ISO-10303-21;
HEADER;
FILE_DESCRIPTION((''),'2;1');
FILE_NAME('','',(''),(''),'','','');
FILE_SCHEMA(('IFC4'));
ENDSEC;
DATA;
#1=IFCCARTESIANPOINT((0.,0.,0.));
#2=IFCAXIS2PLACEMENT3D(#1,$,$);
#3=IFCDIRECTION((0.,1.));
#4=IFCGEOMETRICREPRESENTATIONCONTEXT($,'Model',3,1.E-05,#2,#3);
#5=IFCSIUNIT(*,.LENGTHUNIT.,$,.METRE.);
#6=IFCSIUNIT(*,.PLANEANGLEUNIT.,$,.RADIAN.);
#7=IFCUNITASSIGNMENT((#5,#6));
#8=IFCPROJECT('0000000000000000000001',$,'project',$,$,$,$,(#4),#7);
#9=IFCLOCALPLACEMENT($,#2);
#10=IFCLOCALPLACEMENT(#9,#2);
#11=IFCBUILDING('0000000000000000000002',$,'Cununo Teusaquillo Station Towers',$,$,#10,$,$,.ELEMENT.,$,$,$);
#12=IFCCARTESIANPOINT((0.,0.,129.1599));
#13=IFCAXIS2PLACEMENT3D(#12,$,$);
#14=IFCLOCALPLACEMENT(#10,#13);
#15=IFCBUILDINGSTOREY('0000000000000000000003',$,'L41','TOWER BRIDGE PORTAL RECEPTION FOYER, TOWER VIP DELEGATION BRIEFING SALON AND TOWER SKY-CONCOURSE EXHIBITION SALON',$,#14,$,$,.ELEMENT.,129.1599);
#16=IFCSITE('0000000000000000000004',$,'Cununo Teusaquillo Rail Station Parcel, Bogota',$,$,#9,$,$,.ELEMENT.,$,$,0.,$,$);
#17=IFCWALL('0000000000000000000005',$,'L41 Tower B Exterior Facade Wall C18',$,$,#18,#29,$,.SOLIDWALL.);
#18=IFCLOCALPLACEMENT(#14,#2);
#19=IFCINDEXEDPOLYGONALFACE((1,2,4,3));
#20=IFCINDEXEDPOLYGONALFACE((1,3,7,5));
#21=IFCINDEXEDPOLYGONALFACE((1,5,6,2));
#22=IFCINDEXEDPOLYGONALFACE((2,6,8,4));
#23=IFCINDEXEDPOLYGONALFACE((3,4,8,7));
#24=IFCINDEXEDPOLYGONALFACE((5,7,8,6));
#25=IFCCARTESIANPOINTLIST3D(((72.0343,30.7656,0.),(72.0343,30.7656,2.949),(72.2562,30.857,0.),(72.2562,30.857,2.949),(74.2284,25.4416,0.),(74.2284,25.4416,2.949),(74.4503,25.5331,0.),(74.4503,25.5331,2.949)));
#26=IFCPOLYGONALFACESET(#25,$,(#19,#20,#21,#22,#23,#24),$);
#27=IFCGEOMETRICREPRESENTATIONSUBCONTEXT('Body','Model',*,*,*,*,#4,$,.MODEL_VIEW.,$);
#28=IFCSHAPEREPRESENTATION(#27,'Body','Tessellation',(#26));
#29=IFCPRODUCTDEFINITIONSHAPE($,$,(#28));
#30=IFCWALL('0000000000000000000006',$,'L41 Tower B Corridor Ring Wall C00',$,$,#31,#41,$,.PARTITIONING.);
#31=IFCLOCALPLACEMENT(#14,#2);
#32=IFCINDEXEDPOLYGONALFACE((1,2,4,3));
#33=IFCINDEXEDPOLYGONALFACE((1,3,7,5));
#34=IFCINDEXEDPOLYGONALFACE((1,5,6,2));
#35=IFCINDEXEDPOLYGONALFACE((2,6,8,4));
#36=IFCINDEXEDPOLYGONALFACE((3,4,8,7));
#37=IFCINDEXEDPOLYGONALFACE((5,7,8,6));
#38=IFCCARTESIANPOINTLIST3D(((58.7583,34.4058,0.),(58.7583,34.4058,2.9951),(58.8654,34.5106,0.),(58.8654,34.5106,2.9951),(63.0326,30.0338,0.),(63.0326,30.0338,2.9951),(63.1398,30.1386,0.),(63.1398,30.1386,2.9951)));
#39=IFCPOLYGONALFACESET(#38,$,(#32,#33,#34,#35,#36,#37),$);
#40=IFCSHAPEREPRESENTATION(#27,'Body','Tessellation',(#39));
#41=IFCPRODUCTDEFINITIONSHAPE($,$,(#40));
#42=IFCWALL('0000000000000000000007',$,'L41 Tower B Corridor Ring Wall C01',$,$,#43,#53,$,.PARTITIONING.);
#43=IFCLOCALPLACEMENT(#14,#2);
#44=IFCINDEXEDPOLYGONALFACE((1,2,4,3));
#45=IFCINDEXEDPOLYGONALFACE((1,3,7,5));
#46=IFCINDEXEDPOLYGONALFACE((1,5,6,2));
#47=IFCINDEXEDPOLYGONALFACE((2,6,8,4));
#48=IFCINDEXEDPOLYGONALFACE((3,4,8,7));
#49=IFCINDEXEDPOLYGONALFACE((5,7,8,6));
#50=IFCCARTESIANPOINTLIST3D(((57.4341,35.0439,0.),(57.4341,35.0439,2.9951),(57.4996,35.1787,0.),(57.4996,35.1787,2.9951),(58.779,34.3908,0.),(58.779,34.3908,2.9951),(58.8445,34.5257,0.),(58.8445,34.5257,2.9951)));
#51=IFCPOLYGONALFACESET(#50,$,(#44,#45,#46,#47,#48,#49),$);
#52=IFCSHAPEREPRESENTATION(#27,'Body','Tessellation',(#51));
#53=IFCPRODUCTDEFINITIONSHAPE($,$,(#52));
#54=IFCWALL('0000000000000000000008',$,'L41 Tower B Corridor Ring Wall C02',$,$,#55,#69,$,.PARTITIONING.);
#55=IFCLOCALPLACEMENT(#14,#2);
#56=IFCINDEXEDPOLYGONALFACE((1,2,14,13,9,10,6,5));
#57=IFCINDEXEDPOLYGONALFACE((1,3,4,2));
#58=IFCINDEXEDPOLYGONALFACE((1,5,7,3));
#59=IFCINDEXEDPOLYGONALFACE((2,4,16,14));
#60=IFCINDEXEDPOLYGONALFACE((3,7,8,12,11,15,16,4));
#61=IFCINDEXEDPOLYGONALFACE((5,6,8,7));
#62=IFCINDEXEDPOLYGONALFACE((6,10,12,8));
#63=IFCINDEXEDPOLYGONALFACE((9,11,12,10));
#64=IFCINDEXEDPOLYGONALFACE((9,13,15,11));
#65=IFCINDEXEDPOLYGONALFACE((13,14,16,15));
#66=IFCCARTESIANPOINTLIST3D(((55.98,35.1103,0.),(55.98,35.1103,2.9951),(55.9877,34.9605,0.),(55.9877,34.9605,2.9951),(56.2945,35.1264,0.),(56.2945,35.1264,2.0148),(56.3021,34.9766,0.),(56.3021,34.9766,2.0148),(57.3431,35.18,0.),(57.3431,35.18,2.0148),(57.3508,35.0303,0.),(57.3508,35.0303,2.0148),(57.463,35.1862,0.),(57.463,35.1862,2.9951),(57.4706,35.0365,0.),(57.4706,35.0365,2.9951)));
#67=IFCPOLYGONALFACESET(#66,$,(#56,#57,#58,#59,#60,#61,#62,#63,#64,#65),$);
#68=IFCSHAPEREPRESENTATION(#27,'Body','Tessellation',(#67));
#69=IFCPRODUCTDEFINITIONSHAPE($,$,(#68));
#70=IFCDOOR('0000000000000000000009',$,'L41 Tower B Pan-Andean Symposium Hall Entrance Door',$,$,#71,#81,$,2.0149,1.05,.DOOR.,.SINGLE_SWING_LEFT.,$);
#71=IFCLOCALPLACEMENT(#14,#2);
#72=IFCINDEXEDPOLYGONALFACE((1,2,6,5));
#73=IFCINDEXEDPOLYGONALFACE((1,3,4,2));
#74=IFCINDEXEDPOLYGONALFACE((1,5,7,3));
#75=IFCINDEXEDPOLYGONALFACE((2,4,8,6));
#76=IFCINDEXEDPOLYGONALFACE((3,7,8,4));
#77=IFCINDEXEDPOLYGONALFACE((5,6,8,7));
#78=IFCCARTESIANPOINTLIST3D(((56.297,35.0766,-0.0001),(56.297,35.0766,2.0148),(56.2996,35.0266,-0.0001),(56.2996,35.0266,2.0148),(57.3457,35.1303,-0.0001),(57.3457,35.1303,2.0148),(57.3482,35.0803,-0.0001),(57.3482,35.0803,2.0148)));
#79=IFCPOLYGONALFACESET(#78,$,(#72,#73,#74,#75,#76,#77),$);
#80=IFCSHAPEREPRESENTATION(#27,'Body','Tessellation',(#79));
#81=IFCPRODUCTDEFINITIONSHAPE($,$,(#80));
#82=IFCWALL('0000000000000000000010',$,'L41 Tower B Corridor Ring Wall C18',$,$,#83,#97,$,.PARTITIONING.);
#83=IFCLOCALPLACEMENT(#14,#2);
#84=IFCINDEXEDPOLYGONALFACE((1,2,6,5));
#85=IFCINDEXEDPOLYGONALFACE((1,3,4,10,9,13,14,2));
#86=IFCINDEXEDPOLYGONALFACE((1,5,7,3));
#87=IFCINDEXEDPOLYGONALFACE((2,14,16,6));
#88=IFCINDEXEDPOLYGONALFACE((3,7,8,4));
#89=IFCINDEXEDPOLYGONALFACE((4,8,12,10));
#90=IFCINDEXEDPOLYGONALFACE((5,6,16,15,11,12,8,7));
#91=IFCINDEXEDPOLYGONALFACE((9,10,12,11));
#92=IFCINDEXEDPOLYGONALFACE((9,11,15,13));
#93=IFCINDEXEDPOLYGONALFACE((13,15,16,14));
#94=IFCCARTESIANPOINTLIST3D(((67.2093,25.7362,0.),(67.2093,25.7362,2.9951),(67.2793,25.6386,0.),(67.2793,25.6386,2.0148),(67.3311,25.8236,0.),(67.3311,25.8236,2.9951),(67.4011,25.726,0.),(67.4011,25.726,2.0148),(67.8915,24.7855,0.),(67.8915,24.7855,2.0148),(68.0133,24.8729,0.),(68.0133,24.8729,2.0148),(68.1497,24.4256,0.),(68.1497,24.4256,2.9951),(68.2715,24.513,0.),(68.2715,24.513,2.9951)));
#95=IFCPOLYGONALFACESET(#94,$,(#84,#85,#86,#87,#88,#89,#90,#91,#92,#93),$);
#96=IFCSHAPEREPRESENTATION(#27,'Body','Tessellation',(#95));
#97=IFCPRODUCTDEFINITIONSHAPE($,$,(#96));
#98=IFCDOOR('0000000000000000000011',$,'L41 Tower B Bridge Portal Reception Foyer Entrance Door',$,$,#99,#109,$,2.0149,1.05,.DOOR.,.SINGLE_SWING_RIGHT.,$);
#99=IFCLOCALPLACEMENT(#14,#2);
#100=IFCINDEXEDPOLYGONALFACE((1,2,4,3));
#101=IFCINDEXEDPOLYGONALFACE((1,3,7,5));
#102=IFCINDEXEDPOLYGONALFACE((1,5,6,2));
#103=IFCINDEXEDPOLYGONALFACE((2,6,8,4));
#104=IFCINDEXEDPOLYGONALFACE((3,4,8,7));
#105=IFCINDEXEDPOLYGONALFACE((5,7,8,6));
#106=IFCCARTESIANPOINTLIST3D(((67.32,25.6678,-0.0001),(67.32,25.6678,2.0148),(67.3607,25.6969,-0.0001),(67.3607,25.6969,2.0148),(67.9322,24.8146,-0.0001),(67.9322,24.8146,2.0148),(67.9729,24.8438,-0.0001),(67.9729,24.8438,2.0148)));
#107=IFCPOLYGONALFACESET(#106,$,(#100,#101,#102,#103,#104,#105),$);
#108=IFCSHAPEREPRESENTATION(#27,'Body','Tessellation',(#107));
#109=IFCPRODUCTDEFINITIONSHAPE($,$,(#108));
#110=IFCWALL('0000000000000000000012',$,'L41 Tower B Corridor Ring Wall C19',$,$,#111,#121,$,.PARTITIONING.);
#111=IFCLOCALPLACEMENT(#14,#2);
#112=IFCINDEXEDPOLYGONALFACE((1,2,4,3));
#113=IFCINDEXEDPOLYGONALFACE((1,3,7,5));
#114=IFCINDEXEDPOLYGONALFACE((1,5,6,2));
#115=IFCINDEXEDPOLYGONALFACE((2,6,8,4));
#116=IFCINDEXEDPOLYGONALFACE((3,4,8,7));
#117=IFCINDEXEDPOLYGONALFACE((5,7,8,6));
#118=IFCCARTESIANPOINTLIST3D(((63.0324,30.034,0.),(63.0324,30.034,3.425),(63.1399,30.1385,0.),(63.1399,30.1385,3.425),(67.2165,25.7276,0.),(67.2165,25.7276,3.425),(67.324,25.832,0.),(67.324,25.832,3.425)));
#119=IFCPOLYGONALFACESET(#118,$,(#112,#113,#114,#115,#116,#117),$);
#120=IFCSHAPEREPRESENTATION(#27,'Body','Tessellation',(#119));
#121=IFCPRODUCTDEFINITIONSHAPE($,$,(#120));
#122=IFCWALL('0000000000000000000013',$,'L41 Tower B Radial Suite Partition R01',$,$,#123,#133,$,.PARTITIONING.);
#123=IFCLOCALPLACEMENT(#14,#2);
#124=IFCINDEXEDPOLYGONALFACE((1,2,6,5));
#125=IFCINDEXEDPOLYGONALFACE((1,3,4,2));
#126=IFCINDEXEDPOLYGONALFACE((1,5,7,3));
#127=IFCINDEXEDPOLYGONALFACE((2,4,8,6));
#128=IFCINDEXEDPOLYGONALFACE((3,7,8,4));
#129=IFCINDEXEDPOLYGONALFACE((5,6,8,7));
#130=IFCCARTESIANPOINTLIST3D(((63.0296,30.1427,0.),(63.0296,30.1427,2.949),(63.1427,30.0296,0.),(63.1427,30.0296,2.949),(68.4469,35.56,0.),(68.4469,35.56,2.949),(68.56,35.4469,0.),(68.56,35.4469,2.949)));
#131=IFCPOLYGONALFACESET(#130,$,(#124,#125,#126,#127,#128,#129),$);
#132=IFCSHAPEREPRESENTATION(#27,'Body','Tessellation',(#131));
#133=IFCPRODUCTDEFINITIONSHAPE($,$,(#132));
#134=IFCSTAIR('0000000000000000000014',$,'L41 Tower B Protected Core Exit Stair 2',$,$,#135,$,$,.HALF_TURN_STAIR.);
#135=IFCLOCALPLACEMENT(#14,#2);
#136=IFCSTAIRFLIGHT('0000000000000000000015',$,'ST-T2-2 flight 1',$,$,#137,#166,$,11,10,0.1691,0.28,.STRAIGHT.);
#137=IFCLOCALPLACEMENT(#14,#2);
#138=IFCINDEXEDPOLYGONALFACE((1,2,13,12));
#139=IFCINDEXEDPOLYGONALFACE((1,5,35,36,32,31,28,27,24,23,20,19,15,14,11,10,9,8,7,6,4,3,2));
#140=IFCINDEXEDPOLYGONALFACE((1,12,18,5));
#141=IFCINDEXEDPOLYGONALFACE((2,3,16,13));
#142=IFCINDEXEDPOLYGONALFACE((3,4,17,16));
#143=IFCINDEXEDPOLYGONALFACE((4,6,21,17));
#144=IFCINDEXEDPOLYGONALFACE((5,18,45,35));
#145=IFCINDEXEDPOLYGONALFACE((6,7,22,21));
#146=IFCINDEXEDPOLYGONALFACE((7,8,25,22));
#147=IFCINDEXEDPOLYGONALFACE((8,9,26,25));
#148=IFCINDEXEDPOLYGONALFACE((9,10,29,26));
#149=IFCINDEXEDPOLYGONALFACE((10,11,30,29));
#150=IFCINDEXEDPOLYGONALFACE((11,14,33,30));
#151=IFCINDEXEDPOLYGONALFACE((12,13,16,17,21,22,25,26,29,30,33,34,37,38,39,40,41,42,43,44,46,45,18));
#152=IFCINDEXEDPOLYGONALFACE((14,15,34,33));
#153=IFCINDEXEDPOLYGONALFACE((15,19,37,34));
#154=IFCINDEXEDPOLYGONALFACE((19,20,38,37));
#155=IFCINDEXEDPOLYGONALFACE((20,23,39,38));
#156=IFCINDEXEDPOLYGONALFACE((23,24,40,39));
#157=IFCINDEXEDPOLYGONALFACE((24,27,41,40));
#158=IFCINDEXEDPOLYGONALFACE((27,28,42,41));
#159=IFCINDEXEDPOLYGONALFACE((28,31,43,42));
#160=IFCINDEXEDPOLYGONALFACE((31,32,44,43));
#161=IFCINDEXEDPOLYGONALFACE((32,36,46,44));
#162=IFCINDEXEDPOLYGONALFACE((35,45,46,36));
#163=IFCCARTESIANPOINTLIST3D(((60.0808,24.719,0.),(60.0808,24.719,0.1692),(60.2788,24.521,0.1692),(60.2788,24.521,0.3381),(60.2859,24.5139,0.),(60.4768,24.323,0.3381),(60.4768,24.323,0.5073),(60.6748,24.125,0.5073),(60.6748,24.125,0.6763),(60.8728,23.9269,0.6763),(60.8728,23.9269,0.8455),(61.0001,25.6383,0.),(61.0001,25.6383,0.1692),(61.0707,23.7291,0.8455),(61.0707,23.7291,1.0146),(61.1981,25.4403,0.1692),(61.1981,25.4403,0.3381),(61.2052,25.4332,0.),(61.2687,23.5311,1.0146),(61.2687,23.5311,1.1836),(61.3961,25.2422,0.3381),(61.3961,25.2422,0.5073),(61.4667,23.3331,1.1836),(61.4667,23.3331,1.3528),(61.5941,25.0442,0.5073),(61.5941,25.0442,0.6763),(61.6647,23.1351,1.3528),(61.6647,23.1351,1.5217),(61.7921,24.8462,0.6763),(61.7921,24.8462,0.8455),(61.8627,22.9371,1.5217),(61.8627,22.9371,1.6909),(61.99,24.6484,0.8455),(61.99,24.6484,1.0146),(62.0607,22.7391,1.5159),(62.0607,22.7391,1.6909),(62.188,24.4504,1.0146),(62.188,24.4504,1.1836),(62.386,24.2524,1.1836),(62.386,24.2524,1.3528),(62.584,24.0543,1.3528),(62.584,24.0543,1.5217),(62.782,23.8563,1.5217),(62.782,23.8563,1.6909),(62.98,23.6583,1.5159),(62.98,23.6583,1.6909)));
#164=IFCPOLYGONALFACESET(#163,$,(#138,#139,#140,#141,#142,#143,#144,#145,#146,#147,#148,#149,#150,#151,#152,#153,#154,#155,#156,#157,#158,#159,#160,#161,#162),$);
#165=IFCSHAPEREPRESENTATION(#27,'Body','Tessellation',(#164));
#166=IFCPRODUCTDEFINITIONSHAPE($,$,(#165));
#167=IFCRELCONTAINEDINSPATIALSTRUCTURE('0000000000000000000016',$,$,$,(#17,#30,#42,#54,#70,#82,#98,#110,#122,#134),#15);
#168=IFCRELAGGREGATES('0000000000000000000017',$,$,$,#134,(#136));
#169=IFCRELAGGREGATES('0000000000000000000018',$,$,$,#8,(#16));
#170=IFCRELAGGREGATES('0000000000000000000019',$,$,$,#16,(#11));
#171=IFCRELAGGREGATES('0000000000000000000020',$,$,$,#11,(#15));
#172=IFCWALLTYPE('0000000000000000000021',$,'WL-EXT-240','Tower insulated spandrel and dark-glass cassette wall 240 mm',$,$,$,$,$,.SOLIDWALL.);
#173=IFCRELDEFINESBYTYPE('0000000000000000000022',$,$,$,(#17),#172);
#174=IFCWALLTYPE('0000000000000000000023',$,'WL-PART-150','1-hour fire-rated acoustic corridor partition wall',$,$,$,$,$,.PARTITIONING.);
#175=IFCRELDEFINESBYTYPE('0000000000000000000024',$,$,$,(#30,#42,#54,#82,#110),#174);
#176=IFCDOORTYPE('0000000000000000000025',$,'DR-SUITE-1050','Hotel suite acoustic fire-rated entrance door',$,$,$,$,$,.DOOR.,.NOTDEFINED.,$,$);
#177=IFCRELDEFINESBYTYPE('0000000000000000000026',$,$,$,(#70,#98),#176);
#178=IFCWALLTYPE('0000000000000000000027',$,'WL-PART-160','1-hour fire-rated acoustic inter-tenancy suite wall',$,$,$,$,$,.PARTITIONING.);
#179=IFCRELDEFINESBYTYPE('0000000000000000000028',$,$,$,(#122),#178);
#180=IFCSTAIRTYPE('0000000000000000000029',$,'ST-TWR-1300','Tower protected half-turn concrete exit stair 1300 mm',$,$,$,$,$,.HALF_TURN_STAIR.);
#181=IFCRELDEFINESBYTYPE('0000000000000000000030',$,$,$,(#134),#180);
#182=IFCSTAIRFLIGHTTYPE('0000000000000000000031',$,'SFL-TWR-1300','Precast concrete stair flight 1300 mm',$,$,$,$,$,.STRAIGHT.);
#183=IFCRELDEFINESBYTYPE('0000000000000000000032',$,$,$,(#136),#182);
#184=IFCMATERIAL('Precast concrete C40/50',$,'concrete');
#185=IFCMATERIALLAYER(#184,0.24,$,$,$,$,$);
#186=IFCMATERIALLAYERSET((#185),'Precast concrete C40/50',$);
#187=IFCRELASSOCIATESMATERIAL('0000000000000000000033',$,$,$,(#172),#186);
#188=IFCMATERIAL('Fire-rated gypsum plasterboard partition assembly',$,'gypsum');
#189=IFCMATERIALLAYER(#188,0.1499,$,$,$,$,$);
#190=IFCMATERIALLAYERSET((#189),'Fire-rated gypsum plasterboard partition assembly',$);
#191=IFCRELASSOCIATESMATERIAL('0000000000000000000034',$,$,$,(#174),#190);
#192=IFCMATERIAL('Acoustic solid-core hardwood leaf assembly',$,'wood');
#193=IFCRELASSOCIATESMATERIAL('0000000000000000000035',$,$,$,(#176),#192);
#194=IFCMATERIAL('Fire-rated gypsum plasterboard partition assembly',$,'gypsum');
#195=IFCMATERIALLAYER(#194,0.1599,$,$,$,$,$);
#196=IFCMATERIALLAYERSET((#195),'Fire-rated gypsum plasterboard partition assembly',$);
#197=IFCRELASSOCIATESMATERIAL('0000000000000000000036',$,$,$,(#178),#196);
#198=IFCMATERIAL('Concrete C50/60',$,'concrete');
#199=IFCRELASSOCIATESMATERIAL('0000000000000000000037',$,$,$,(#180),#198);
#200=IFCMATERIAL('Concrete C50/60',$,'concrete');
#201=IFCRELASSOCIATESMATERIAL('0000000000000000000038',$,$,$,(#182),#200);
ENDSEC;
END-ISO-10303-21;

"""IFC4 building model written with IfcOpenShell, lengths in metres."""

from ifc_helpers import new_model, si_unit, direction, frame, frame_2d, origin, place, context, subcontext, project, spatial, polyline, rectangle, outline, extrude, source, transform, mapped, material, layer, layer_set, type_object, element, fill, aggregate, save


model = new_model("IFC4")

# Units and contexts
model_context = context("Model", 3, precision=1e-05, world=origin(), true_north=direction((0.0, 1.0)))
body_context = subcontext(model_context, "Body", "Model", "MODEL_VIEW")
ifc_project = project(units=[si_unit("LENGTHUNIT", "METRE"), si_unit("PLANEANGLEUNIT", "RADIAN")], contexts=[model_context])

# Site, building, storey
site_placement = place(None, origin())
site = spatial("IfcSite", under=ifc_project, at=site_placement, Name="Cununo Teusaquillo Rail Station Parcel, Bogota", CompositionType="ELEMENT", RefElevation=0.0)
building_placement = place(site_placement, origin())
building = spatial("IfcBuilding", under=site, at=building_placement, Name="Cununo Teusaquillo Station Towers", CompositionType="ELEMENT")
storey_placement = place(building_placement, frame((0.0, 0.0, 129.1599)))
storey = spatial("IfcBuildingStorey", under=building, at=storey_placement, Name="L41", Description="TOWER BRIDGE PORTAL RECEPTION FOYER, TOWER VIP DELEGATION BRIEFING SALON AND TOWER SKY-CONCOURSE EXHIBITION SALON", CompositionType="ELEMENT", Elevation=129.1599)

# Shared definitions
ifc_material_1 = material(Name="Precast concrete C40/50", Category="concrete")
ifc_layer_1 = layer(ifc_material_1, 0.24)
ifc_layer_set_1 = layer_set([ifc_layer_1], Name="Precast concrete C40/50")
wall_type_1 = type_object("IfcWallType", Name="WL-EXT-240", Description="Tower insulated spandrel and dark-glass cassette wall 240 mm", PredefinedType="SOLIDWALL", material=ifc_layer_set_1)

# Walls
wall_1_placement = place(storey_placement, frame((72.1453, 30.8113, 0.0), z_axis=(0.0, 0.0, 1.0), x_axis=(0.381027, -0.924564, 0.0)))
element("IfcWall", 1, at=wall_1_placement, inside=storey, type_object=wall_type_1, Name="L41 Tower B Exterior Facade Wall C18", PredefinedType="SOLIDWALL", context=body_context, shape_type="SweptSolid", body=[
    extrude(rectangle(XDim=5.7583, YDim=0.24, at=frame_2d((2.8792, 0.0))), origin(), (0.0, 0.0, 1.0), 2.949),
])
ifc_material_2 = material(Name="Fire-rated gypsum plasterboard partition assembly", Category="gypsum")
ifc_layer_2 = layer(ifc_material_2, 0.1499)
ifc_layer_set_2 = layer_set([ifc_layer_2], Name="Fire-rated gypsum plasterboard partition assembly")
wall_type_2 = type_object("IfcWallType", Name="WL-PART-150", Description="1-hour fire-rated acoustic corridor partition wall", PredefinedType="PARTITIONING", material=ifc_layer_set_2)
wall_2_placement = place(storey_placement, frame((63.0862, 30.0862, 0.0), z_axis=(0.0, 0.0, 1.0), x_axis=(-0.699076, 0.715047, 0.0)))
element("IfcWall", 2, at=wall_2_placement, inside=storey, type_object=wall_type_2, Name="L41 Tower B Corridor Ring Wall C00", PredefinedType="PARTITIONING", context=body_context, shape_type="SweptSolid", body=[
    extrude(rectangle(XDim=6.1143, YDim=0.1499, at=frame_2d((3.0571, 0.0))), origin(), (0.0, 0.0, 1.0), 2.9951),
])
wall_3_placement = place(storey_placement, frame((58.8118, 34.4583, 0.0), z_axis=(0.0, 0.0, 1.0), x_axis=(-0.899559, 0.436798, 0.0)))
element("IfcWall", 3, at=wall_3_placement, inside=storey, type_object=wall_type_2, Name="L41 Tower B Corridor Ring Wall C01", PredefinedType="PARTITIONING", context=body_context, shape_type="SweptSolid", body=[
    extrude(rectangle(XDim=1.4951, YDim=0.1499, at=frame_2d((0.7476, 0.0))), origin(), (0.0, 0.0, 1.0), 2.9951),
])

# Walls, openings, doors
wall_4_placement = place(storey_placement, frame((57.4668, 35.1113, 0.0), z_axis=(0.0, 0.0, 1.0), x_axis=(-0.998692, -0.051135, 0.0)))
wall_4 = element("IfcWall", 4, at=wall_4_placement, inside=storey, type_object=wall_type_2, Name="L41 Tower B Corridor Ring Wall C02", PredefinedType="PARTITIONING", context=body_context, shape_type="SweptSolid", body=[
    extrude(rectangle(XDim=1.4849, YDim=0.1499, at=frame_2d((0.7424, 0.0))), origin(), (0.0, 0.0, 1.0), 2.9951),
])
shared_shape_1 = source(origin(), body_context, "Body", "SweptSolid", [
    extrude(rectangle(XDim=1.05, YDim=2.0149, at=frame_2d((0.5249, 1.0073))), frame((0.0, 0.085, 0.0), z_axis=(0.0, -1.0, 0.0), x_axis=(1.0, 0.0, 0.0)), (0.0, 0.0, 1.0), 0.1699),
])
opening_1_placement = place(wall_4_placement, frame((0.1201, 0.0, 0.0)))
opening_1 = element("IfcOpeningElement", 5, at=opening_1_placement, cuts=wall_4, PredefinedType="OPENING", context=body_context, shape_type="MappedRepresentation", body=[
    mapped(shared_shape_1, transform((0.0, 0.0, 0.0), x_axis=(1.0, 0.0, 0.0), y_axis=(0.0, 1.0, 0.0), z_axis=(0.0, 0.0, 1.0), scale=1.0)),
])
ifc_material_3 = material(Name="Acoustic solid-core hardwood leaf assembly", Category="wood")
door_type = type_object("IfcDoorType", Name="DR-SUITE-1050", Description="Hotel suite acoustic fire-rated entrance door", OperationType="NOTDEFINED", PredefinedType="DOOR", material=ifc_material_3)
shared_shape_2 = source(origin(), body_context, "Body", "SweptSolid", [
    extrude(rectangle(XDim=1.05, YDim=2.0149, at=frame_2d((0.5249, 1.0073))), frame((0.0, 0.0249, 0.0), z_axis=(0.0, -1.0, 0.0), x_axis=(1.0, 0.0, 0.0)), (0.0, 0.0, 1.0), 0.05),
])
door_1_placement = place(opening_1_placement, origin())
door_1 = element("IfcDoor", 6, at=door_1_placement, inside=storey, type_object=door_type, Name="L41 Tower B Pan-Andean Symposium Hall Entrance Door", OperationType="SINGLE_SWING_LEFT", OverallHeight=2.0149, OverallWidth=1.05, PredefinedType="DOOR", context=body_context, shape_type="MappedRepresentation", body=[
    mapped(shared_shape_2, transform((0.0, 0.0, 0.0), x_axis=(1.0, 0.0, 0.0), y_axis=(0.0, 1.0, 0.0), z_axis=(0.0, 0.0, 1.0), scale=1.0)),
])
fill(opening_1, door_1)
wall_5_placement = place(storey_placement, frame((68.2107, 24.4692, 0.0), z_axis=(0.0, 0.0, 1.0), x_axis=(-0.583012, 0.812463, 0.0)))
wall_5 = element("IfcWall", 7, at=wall_5_placement, inside=storey, type_object=wall_type_2, Name="L41 Tower B Corridor Ring Wall C18", PredefinedType="PARTITIONING", context=body_context, shape_type="SweptSolid", body=[
    extrude(rectangle(XDim=1.613, YDim=0.1499, at=frame_2d((0.8066, 0.0))), origin(), (0.0, 0.0, 1.0), 2.9951),
])
opening_2_placement = place(wall_5_placement, frame((0.4431, 0.0, 0.0)))
opening_2 = element("IfcOpeningElement", 8, at=opening_2_placement, cuts=wall_5, PredefinedType="OPENING", context=body_context, shape_type="MappedRepresentation", body=[
    mapped(shared_shape_1, transform((0.0, 0.0, 0.0), x_axis=(1.0, 0.0, 0.0), y_axis=(0.0, 1.0, 0.0), z_axis=(0.0, 0.0, 1.0), scale=1.0)),
])
door_2_placement = place(opening_2_placement, origin())
door_2 = element("IfcDoor", 9, at=door_2_placement, inside=storey, type_object=door_type, Name="L41 Tower B Bridge Portal Reception Foyer Entrance Door", OperationType="SINGLE_SWING_RIGHT", OverallHeight=2.0149, OverallWidth=1.05, PredefinedType="DOOR", context=body_context, shape_type="MappedRepresentation", body=[
    mapped(shared_shape_2, transform((0.0, 0.0, 0.0), x_axis=(1.0, 0.0, 0.0), y_axis=(0.0, 1.0, 0.0), z_axis=(0.0, 0.0, 1.0), scale=1.0)),
])
fill(opening_2, door_2)

# Walls
wall_6_placement = place(storey_placement, frame((67.2703, 25.7798, 0.0), z_axis=(0.0, 0.0, 1.0), x_axis=(-0.696848, 0.717219, 0.0)))
element("IfcWall", 10, at=wall_6_placement, inside=storey, type_object=wall_type_2, Name="L41 Tower B Corridor Ring Wall C19", PredefinedType="PARTITIONING", context=body_context, shape_type="SweptSolid", body=[
    extrude(rectangle(XDim=6.0044, YDim=0.1499, at=frame_2d((3.0022, 0.0))), origin(), (0.0, 0.0, 1.0), 3.425),
])
ifc_material_4 = material(Name="Fire-rated gypsum plasterboard partition assembly", Category="gypsum")
ifc_layer_3 = layer(ifc_material_4, 0.1599)
ifc_layer_set_3 = layer_set([ifc_layer_3], Name="Fire-rated gypsum plasterboard partition assembly")
wall_type_3 = type_object("IfcWallType", Name="WL-PART-160", Description="1-hour fire-rated acoustic inter-tenancy suite wall", PredefinedType="PARTITIONING", material=ifc_layer_set_3)
wall_7_placement = place(storey_placement, frame((63.0862, 30.0862, 0.0), z_axis=(0.0, 0.0, 1.0), x_axis=(0.707107, 0.707107, 0.0)))
element("IfcWall", 11, at=wall_7_placement, inside=storey, type_object=wall_type_3, Name="L41 Tower B Radial Suite Partition R01", PredefinedType="PARTITIONING", context=body_context, shape_type="SweptSolid", body=[
    extrude(rectangle(XDim=7.6611, YDim=0.1599, at=frame_2d((3.8306, 0.0))), origin(), (0.0, 0.0, 1.0), 2.949),
])

# Stair, stair flight
ifc_material_5 = material(Name="Concrete C50/60", Category="concrete")
stair_type = type_object("IfcStairType", Name="ST-TWR-1300", Description="Tower protected half-turn concrete exit stair 1300 mm", PredefinedType="HALF_TURN_STAIR", material=ifc_material_5)
stair_placement = place(storey_placement, origin())
stair = element("IfcStair", 12, at=stair_placement, inside=storey, type_object=stair_type, Name="L41 Tower B Protected Core Exit Stair 2", PredefinedType="HALF_TURN_STAIR")
ifc_material_6 = material(Name="Concrete C50/60", Category="concrete")
stair_flight_type = type_object("IfcStairFlightType", Name="SFL-TWR-1300", Description="Precast concrete stair flight 1300 mm", PredefinedType="STRAIGHT", material=ifc_material_6)
stair_flight_1_placement = place(storey_placement, frame((60.5405, 25.1787, 0.0), z_axis=(0.0, 0.0, 1.0), x_axis=(0.707107, -0.707107, 0.0)))
stair_flight_1 = element("IfcStairFlight", 13, at=stair_flight_1_placement, type_object=stair_flight_type, Name="ST-T2-2 flight 1", NumberOfRisers=11, NumberOfTreads=10, PredefinedType="STRAIGHT", RiserHeight=0.1691, TreadLength=0.28, context=body_context, shape_type="SweptSolid", body=[
    extrude(outline(polyline([(0.0, 0.0), (0.0, 0.1692), (0.28, 0.1692), (0.28, 0.3381), (0.5601, 0.3381), (0.5601, 0.5073), (0.8401, 0.5073), (0.8401, 0.6763), (1.1201, 0.6763), (1.1201, 0.8455), (1.3999, 0.8455), (1.3999, 1.0146), (1.6799, 1.0146), (1.6799, 1.1836), (1.96, 1.1836), (1.96, 1.3528), (2.24, 1.3528), (2.24, 1.5217), (2.52, 1.5217), (2.52, 1.6909), (2.8, 1.6909), (2.8, 1.8601), (2.8, 1.5159), (0.29, 0.0), (0.0, 0.0)])), frame((0.0, 0.6499, 0.0), z_axis=(0.0, -1.0, 0.0), x_axis=(1.0, 0.0, 0.0)), (0.0, 0.0, 1.0), 1.3),
])
aggregate(stair, [stair_flight_1])

save(model, "model.ifc")
